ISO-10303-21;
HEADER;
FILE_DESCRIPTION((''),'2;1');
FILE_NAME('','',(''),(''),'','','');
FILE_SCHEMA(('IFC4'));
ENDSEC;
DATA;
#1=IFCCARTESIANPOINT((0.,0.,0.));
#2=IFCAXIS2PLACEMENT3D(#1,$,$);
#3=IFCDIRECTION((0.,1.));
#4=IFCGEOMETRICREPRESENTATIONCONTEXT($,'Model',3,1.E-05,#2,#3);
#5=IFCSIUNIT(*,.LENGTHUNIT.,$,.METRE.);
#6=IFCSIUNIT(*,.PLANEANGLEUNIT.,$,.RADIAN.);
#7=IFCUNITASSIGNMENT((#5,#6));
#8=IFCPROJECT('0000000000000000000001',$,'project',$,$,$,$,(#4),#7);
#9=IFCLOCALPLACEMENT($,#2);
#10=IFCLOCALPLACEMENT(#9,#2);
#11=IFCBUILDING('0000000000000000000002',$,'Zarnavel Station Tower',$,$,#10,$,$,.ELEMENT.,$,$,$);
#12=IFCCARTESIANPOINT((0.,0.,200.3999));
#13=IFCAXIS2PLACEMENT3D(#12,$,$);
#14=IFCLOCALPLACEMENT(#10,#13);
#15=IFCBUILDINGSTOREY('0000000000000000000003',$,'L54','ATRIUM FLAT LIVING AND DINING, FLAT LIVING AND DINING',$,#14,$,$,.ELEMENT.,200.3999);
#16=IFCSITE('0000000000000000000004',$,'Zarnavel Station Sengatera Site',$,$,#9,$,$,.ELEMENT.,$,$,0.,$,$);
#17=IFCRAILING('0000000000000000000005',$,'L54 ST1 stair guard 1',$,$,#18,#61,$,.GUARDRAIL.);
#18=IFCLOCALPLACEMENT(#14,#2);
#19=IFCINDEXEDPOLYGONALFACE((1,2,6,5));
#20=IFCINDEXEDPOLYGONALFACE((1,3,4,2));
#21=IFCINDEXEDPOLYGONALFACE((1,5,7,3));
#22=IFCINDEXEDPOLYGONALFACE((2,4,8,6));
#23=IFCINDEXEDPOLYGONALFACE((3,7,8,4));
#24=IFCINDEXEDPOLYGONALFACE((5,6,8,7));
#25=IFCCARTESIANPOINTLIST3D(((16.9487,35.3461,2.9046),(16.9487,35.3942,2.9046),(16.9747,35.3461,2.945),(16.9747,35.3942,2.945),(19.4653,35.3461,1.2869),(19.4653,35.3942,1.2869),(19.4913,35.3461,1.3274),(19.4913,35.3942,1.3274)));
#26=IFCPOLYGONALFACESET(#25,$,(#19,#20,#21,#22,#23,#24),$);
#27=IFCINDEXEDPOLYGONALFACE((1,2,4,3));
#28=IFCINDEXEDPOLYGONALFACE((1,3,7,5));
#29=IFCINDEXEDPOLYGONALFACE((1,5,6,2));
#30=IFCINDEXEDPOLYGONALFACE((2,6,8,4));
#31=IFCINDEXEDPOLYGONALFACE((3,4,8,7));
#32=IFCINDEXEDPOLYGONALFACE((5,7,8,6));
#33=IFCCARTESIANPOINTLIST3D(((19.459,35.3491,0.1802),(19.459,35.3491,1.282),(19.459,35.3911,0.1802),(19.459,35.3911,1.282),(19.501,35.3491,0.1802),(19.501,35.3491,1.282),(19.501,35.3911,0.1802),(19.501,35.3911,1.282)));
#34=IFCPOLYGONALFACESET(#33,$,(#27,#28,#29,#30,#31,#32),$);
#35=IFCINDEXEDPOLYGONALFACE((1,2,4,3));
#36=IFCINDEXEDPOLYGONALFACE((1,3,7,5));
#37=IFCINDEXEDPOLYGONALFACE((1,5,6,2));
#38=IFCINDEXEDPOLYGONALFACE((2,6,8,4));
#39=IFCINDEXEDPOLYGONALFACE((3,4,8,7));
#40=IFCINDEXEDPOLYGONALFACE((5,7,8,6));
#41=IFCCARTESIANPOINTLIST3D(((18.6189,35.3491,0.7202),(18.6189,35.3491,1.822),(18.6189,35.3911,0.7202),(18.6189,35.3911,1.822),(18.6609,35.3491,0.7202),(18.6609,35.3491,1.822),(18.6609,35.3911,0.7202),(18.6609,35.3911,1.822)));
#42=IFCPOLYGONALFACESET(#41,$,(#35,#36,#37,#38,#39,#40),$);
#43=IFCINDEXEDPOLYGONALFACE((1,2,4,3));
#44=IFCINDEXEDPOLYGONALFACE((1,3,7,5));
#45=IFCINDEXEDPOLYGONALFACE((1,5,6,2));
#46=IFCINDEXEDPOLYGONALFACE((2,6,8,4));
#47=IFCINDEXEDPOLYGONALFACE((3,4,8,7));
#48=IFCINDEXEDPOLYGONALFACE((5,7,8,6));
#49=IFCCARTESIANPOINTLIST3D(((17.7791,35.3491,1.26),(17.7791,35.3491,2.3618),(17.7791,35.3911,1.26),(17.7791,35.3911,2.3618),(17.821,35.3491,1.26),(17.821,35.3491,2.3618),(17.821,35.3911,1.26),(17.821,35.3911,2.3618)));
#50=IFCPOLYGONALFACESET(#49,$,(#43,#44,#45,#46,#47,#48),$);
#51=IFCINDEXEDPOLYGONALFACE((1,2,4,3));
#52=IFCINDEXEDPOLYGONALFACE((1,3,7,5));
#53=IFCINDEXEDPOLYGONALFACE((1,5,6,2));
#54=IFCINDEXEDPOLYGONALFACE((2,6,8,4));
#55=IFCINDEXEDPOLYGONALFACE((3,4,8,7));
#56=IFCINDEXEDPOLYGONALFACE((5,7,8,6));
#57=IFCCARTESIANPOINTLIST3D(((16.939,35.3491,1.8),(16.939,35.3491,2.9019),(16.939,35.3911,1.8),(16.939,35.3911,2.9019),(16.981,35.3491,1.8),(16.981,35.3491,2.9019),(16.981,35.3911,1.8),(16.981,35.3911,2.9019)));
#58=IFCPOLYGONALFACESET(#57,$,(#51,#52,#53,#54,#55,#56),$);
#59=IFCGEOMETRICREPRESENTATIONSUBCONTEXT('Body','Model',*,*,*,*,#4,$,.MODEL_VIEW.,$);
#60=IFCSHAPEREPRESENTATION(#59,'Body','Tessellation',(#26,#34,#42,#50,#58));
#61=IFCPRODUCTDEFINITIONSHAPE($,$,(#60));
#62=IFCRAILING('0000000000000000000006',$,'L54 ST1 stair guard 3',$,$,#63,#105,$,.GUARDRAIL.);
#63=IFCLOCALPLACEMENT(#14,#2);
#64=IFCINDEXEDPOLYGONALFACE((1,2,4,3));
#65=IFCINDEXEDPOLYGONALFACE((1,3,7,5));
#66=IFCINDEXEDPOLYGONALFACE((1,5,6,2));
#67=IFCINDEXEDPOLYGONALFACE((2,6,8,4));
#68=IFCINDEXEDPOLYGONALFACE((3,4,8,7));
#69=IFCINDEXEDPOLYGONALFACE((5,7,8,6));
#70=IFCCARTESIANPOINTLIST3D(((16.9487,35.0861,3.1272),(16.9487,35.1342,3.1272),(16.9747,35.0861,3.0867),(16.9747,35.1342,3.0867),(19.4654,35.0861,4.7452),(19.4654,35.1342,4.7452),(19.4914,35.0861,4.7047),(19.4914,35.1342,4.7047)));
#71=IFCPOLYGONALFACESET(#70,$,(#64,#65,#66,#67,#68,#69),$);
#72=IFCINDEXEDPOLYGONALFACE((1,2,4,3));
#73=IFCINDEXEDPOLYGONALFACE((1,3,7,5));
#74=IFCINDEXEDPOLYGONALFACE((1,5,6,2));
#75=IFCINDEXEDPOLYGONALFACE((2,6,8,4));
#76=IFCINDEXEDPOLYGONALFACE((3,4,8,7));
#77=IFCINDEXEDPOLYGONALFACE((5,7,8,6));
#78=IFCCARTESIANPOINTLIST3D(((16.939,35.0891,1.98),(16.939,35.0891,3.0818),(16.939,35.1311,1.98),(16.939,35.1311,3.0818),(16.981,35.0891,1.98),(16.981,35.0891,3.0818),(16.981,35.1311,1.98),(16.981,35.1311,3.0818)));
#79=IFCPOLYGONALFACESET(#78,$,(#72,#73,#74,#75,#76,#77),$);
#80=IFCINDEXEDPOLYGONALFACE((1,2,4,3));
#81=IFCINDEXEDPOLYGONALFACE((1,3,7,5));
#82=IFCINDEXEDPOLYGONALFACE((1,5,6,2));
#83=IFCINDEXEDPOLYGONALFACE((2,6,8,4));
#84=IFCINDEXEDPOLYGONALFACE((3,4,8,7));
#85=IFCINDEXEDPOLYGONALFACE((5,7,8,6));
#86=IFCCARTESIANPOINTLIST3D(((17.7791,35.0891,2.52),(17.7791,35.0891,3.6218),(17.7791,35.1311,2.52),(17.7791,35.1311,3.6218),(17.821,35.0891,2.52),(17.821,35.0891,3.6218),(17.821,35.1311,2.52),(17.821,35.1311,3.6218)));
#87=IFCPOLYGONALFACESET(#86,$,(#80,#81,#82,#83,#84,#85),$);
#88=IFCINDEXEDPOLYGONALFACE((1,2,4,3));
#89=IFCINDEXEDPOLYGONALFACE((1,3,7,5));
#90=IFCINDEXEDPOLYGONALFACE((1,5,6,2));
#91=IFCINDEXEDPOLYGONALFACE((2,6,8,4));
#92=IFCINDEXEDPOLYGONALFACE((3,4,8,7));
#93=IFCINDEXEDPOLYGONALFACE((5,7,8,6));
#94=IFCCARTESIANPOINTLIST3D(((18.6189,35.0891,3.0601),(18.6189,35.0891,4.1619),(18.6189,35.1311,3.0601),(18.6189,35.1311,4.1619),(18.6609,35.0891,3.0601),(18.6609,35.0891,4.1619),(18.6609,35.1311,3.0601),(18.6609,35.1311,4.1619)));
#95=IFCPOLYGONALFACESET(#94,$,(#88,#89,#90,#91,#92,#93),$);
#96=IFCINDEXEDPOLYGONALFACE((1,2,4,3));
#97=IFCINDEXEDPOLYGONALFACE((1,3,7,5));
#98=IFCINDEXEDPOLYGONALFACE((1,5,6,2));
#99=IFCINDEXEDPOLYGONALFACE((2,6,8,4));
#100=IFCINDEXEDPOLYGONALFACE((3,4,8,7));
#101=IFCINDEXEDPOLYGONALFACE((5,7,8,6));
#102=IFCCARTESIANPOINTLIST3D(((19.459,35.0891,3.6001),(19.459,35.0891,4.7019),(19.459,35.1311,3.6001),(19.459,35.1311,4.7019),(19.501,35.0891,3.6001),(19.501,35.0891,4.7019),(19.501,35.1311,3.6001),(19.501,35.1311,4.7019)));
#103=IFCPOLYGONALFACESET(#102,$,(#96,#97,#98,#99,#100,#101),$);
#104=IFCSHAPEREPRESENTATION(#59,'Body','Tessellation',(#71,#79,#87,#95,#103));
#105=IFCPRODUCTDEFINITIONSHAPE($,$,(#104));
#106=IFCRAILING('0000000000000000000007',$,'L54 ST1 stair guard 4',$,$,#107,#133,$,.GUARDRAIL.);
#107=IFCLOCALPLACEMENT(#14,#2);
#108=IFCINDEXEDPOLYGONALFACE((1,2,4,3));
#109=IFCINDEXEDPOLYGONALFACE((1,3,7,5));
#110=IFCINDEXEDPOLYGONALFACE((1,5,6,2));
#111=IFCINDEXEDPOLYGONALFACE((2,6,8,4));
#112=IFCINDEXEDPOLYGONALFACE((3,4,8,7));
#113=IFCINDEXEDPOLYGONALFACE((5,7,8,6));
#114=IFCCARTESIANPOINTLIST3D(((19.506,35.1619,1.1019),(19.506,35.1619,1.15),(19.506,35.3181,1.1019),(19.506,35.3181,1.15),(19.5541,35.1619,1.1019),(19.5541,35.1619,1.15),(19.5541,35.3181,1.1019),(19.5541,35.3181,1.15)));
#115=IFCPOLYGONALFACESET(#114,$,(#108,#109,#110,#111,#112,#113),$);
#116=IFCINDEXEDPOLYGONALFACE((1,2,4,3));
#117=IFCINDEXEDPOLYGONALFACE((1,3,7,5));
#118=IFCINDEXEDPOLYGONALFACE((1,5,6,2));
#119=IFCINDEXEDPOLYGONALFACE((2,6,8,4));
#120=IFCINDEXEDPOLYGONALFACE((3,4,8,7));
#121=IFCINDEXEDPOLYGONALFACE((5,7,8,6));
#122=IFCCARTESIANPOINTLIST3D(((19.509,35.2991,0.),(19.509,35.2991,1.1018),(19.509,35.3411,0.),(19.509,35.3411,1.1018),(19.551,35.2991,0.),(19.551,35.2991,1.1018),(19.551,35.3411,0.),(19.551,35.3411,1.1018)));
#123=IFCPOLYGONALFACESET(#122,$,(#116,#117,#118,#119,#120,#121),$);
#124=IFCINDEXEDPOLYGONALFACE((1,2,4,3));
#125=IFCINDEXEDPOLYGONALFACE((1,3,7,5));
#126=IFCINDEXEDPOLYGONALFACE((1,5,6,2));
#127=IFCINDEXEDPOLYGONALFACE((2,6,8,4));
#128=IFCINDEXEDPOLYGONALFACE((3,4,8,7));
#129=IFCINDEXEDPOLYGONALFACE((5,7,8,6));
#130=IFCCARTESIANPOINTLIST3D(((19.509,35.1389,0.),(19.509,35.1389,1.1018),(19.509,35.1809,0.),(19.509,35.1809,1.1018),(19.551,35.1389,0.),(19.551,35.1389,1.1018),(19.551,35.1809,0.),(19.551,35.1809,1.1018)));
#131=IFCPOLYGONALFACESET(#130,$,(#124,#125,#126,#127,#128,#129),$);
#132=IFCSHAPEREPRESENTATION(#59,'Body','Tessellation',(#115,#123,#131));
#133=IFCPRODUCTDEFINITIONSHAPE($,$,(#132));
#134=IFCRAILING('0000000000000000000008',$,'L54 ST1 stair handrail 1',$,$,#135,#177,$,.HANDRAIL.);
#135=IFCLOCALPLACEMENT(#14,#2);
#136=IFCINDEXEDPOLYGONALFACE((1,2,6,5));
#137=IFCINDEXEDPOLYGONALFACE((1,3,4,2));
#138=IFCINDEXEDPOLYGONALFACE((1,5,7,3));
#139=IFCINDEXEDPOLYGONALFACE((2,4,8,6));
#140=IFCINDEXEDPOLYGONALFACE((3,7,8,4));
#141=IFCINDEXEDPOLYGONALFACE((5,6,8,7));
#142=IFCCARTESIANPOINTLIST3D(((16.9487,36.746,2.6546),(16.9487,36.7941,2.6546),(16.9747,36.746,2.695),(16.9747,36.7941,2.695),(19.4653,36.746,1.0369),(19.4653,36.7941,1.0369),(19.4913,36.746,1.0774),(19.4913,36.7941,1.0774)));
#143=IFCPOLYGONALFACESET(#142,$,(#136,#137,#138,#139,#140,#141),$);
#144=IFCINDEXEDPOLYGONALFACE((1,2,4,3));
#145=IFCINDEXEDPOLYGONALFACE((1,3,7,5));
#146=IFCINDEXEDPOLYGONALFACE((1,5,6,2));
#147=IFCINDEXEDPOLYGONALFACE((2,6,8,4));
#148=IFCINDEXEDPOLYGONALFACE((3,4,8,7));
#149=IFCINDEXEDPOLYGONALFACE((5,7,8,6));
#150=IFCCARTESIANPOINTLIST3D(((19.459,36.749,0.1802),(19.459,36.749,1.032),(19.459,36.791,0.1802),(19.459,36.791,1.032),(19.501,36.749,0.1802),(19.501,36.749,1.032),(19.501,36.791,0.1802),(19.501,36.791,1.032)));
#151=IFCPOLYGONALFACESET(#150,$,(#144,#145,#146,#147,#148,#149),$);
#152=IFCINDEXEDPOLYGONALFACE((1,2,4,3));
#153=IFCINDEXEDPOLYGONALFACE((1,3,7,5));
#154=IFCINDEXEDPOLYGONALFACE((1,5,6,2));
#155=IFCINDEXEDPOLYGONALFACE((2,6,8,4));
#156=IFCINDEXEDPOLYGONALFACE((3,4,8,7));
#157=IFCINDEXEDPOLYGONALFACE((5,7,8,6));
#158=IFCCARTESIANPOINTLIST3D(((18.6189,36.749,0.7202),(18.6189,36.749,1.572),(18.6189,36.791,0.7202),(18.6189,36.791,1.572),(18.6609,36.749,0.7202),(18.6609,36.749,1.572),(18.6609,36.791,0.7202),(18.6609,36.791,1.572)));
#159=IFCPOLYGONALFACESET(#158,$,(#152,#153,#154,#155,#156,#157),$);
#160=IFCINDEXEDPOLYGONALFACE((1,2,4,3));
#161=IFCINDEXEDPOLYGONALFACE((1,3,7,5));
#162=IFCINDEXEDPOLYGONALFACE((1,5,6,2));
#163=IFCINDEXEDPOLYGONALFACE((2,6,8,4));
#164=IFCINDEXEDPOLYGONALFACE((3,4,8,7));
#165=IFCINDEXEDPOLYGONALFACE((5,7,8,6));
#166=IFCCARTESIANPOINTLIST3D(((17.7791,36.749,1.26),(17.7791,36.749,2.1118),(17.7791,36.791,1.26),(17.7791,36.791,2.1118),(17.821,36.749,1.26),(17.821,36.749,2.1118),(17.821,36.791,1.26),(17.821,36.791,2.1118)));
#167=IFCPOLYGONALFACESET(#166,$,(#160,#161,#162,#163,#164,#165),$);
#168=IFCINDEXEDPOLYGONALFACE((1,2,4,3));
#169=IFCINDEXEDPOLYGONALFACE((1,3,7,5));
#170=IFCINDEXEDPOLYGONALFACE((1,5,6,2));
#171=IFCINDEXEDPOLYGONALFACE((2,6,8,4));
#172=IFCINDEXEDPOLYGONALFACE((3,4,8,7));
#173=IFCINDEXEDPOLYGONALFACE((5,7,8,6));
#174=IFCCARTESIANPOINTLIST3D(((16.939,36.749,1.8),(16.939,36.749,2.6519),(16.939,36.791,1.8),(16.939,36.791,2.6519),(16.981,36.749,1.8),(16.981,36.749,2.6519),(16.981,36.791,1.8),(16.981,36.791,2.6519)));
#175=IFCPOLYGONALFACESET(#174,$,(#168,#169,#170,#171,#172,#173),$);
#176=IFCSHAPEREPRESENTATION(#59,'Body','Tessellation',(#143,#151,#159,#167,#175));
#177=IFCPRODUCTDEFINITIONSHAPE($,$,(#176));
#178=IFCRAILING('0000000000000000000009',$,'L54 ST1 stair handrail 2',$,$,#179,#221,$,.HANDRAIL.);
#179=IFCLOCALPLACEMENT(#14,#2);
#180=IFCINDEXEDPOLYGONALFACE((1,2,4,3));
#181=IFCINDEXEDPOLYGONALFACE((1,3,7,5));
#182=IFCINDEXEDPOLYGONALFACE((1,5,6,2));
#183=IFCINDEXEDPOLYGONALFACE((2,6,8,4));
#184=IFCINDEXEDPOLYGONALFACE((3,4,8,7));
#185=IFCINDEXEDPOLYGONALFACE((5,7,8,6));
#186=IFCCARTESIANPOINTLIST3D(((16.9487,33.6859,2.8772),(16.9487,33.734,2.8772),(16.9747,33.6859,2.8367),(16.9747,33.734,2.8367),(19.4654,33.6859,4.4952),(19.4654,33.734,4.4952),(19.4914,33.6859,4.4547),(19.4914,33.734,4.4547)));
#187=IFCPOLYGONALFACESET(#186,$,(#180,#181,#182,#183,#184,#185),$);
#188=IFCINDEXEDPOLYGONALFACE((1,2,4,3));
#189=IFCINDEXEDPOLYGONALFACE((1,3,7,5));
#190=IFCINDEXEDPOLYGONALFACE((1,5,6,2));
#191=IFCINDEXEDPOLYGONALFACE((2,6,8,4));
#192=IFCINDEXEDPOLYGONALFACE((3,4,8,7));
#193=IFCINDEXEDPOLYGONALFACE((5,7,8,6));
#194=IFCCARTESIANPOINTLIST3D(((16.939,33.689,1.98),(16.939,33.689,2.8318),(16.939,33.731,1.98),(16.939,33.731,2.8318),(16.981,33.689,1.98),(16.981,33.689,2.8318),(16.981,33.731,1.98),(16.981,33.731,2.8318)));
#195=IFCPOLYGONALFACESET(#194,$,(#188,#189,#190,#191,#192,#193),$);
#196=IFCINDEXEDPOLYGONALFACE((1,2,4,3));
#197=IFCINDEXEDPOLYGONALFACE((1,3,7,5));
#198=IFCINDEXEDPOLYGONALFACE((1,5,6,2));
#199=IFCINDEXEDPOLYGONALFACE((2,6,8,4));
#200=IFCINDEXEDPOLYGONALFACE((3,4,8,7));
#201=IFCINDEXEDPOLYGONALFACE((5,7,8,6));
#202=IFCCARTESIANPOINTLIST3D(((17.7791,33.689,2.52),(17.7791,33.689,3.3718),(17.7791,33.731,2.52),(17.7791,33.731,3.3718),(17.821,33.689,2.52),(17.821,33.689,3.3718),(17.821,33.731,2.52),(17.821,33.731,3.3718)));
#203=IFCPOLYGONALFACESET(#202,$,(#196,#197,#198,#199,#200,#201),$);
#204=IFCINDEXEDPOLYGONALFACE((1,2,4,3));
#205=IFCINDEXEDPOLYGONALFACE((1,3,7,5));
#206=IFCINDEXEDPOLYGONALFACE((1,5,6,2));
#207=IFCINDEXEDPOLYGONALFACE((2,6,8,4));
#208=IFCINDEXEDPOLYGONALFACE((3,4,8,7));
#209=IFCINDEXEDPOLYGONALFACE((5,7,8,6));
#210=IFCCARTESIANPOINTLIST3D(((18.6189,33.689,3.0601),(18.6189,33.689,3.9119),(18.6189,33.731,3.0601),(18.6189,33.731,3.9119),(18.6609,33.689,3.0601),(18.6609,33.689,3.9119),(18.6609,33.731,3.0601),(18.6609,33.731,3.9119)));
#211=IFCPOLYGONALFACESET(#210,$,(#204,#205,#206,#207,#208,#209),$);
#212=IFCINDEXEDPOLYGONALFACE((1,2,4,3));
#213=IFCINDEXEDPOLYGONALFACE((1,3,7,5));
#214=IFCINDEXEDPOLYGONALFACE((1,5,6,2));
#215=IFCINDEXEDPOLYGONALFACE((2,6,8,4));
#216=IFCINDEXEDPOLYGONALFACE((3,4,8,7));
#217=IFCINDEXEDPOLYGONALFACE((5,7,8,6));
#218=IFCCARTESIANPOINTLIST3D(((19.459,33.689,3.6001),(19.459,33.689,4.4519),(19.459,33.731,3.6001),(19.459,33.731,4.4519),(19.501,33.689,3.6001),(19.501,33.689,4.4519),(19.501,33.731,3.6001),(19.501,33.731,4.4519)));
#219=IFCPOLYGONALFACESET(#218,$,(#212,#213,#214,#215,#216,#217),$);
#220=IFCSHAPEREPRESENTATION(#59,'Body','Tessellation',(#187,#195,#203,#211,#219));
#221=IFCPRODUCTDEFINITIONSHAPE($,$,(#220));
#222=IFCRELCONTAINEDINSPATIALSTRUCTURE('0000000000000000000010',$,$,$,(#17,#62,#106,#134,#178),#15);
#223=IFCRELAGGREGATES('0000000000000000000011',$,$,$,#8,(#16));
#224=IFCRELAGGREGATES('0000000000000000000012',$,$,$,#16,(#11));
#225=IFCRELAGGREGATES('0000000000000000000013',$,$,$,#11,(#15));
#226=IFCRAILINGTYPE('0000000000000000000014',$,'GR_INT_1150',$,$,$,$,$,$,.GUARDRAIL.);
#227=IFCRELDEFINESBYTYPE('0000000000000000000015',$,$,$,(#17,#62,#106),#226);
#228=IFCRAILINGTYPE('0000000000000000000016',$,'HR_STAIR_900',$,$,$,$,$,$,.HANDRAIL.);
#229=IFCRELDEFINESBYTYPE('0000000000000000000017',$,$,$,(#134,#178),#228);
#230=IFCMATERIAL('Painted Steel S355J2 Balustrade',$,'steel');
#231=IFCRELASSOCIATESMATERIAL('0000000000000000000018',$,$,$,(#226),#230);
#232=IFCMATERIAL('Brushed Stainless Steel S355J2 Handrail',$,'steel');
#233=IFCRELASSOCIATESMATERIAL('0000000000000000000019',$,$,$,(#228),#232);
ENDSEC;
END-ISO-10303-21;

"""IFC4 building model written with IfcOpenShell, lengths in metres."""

from ifc_helpers import new_model, si_unit, direction, frame, origin, origin_2d, place, context, subcontext, project, spatial, rectangle, extrude, material, type_object, element, save


model = new_model("IFC4")

# Units and contexts
model_context = context("Model", 3, precision=1e-05, world=origin(), true_north=direction((0.0, 1.0)))
body_context = subcontext(model_context, "Body", "Model", "MODEL_VIEW")
ifc_project = project(units=[si_unit("LENGTHUNIT", "METRE"), si_unit("PLANEANGLEUNIT", "RADIAN")], contexts=[model_context])

# Site, building, storey
site_placement = place(None, origin())
site = spatial("IfcSite", under=ifc_project, at=site_placement, Name="Zarnavel Station Sengatera Site", CompositionType="ELEMENT", RefElevation=0.0)
building_placement = place(site_placement, origin())
building = spatial("IfcBuilding", under=site, at=building_placement, Name="Zarnavel Station Tower", CompositionType="ELEMENT")
storey_placement = place(building_placement, frame((0.0, 0.0, 200.3999)))
storey = spatial("IfcBuildingStorey", under=building, at=storey_placement, Name="L54", Description="ATRIUM FLAT LIVING AND DINING, FLAT LIVING AND DINING", CompositionType="ELEMENT", Elevation=200.3999)

# Railings
ifc_material_1 = material(Name="Painted Steel S355J2 Balustrade", Category="steel")
railing_type_1 = type_object("IfcRailingType", Name="GR_INT_1150", PredefinedType="GUARDRAIL", material=ifc_material_1)
railing_1_placement = place(storey_placement, frame((19.48, 35.3701, 0.1802)))
element("IfcRailing", 1, at=railing_1_placement, inside=storey, type_object=railing_type_1, Name="L54 ST1 stair guard 1", PredefinedType="GUARDRAIL", context=body_context, shape_type="SweptSolid", body=[
    extrude(rectangle(XDim=0.0481, YDim=0.0481, at=origin_2d()), frame((-0.0017, 0.0, 1.127), z_axis=(-0.8412, 0.0, 0.540725), x_axis=(0.0, -1.0, 0.0)), (0.0, 0.0, 1.0), 2.9917),
    extrude(rectangle(XDim=0.042, YDim=0.042, at=origin_2d()), origin(), (0.0, 0.0, 1.0), 1.1018),
    extrude(rectangle(XDim=0.042, YDim=0.042, at=origin_2d()), frame((-0.8401, 0.0, 0.54)), (0.0, 0.0, 1.0), 1.1018),
    extrude(rectangle(XDim=0.042, YDim=0.042, at=origin_2d()), frame((-1.6799, 0.0, 1.0798)), (0.0, 0.0, 1.0), 1.1018),
    extrude(rectangle(XDim=0.042, YDim=0.042, at=origin_2d()), frame((-2.52, 0.0, 1.6199)), (0.0, 0.0, 1.0), 1.1018),
])
railing_2_placement = place(storey_placement, frame((16.96, 35.1101, 1.98)))
element("IfcRailing", 2, at=railing_2_placement, inside=storey, type_object=railing_type_1, Name="L54 ST1 stair guard 3", PredefinedType="GUARDRAIL", context=body_context, shape_type="SweptSolid", body=[
    extrude(rectangle(XDim=0.0481, YDim=0.0481, at=origin_2d()), frame((0.0017, 0.0, 1.127), z_axis=(0.841163, 0.0, 0.540782), x_axis=(0.0, 1.0, 0.0)), (0.0, 0.0, 1.0), 2.9919),
    extrude(rectangle(XDim=0.042, YDim=0.042, at=origin_2d()), origin(), (0.0, 0.0, 1.0), 1.1018),
    extrude(rectangle(XDim=0.042, YDim=0.042, at=origin_2d()), frame((0.8401, 0.0, 0.54)), (0.0, 0.0, 1.0), 1.1018),
    extrude(rectangle(XDim=0.042, YDim=0.042, at=origin_2d()), frame((1.6799, 0.0, 1.0801)), (0.0, 0.0, 1.0), 1.1018),
    extrude(rectangle(XDim=0.042, YDim=0.042, at=origin_2d()), frame((2.52, 0.0, 1.6201)), (0.0, 0.0, 1.0), 1.1018),
])
railing_3_placement = place(storey_placement, frame((19.53, 35.3201, 0.0)))
element("IfcRailing", 3, at=railing_3_placement, inside=storey, type_object=railing_type_1, Name="L54 ST1 stair guard 4", PredefinedType="GUARDRAIL", context=body_context, shape_type="SweptSolid", body=[
    extrude(rectangle(XDim=0.0481, YDim=0.0481, at=origin_2d()), frame((0.0, -0.002, 1.126), z_axis=(0.0, -1.0, 0.0), x_axis=(1.0, 0.0, 0.0)), (0.0, 0.0, 1.0), 0.1562),
    extrude(rectangle(XDim=0.042, YDim=0.042, at=origin_2d()), origin(), (0.0, 0.0, 1.0), 1.1018),
    extrude(rectangle(XDim=0.042, YDim=0.042, at=origin_2d()), frame((0.0, -0.1602, 0.0)), (0.0, 0.0, 1.0), 1.1018),
])
ifc_material_2 = material(Name="Brushed Stainless Steel S355J2 Handrail", Category="steel")
railing_type_2 = type_object("IfcRailingType", Name="HR_STAIR_900", PredefinedType="HANDRAIL", material=ifc_material_2)
railing_4_placement = place(storey_placement, frame((19.48, 36.77, 0.1802)))
element("IfcRailing", 4, at=railing_4_placement, inside=storey, type_object=railing_type_2, Name="L54 ST1 stair handrail 1", PredefinedType="HANDRAIL", context=body_context, shape_type="SweptSolid", body=[
    extrude(rectangle(XDim=0.0481, YDim=0.0481, at=origin_2d()), frame((-0.0017, 0.0, 0.877), z_axis=(-0.8412, 0.0, 0.540725), x_axis=(0.0, -1.0, 0.0)), (0.0, 0.0, 1.0), 2.9917),
    extrude(rectangle(XDim=0.042, YDim=0.042, at=origin_2d()), origin(), (0.0, 0.0, 1.0), 0.8518),
    extrude(rectangle(XDim=0.042, YDim=0.042, at=origin_2d()), frame((-0.8401, 0.0, 0.54)), (0.0, 0.0, 1.0), 0.8518),
    extrude(rectangle(XDim=0.042, YDim=0.042, at=origin_2d()), frame((-1.6799, 0.0, 1.0798)), (0.0, 0.0, 1.0), 0.8518),
    extrude(rectangle(XDim=0.042, YDim=0.042, at=origin_2d()), frame((-2.52, 0.0, 1.6199)), (0.0, 0.0, 1.0), 0.8518),
])
railing_5_placement = place(storey_placement, frame((16.96, 33.71, 1.98)))
element("IfcRailing", 5, at=railing_5_placement, inside=storey, type_object=railing_type_2, Name="L54 ST1 stair handrail 2", PredefinedType="HANDRAIL", context=body_context, shape_type="SweptSolid", body=[
    extrude(rectangle(XDim=0.0481, YDim=0.0481, at=origin_2d()), frame((0.0017, 0.0, 0.877), z_axis=(0.841163, 0.0, 0.540782), x_axis=(0.0, 1.0, 0.0)), (0.0, 0.0, 1.0), 2.9919),
    extrude(rectangle(XDim=0.042, YDim=0.042, at=origin_2d()), origin(), (0.0, 0.0, 1.0), 0.8518),
    extrude(rectangle(XDim=0.042, YDim=0.042, at=origin_2d()), frame((0.8401, 0.0, 0.54)), (0.0, 0.0, 1.0), 0.8518),
    extrude(rectangle(XDim=0.042, YDim=0.042, at=origin_2d()), frame((1.6799, 0.0, 1.0801)), (0.0, 0.0, 1.0), 0.8518),
    extrude(rectangle(XDim=0.042, YDim=0.042, at=origin_2d()), frame((2.52, 0.0, 1.6201)), (0.0, 0.0, 1.0), 0.8518),
])

save(model, "model.ifc")
